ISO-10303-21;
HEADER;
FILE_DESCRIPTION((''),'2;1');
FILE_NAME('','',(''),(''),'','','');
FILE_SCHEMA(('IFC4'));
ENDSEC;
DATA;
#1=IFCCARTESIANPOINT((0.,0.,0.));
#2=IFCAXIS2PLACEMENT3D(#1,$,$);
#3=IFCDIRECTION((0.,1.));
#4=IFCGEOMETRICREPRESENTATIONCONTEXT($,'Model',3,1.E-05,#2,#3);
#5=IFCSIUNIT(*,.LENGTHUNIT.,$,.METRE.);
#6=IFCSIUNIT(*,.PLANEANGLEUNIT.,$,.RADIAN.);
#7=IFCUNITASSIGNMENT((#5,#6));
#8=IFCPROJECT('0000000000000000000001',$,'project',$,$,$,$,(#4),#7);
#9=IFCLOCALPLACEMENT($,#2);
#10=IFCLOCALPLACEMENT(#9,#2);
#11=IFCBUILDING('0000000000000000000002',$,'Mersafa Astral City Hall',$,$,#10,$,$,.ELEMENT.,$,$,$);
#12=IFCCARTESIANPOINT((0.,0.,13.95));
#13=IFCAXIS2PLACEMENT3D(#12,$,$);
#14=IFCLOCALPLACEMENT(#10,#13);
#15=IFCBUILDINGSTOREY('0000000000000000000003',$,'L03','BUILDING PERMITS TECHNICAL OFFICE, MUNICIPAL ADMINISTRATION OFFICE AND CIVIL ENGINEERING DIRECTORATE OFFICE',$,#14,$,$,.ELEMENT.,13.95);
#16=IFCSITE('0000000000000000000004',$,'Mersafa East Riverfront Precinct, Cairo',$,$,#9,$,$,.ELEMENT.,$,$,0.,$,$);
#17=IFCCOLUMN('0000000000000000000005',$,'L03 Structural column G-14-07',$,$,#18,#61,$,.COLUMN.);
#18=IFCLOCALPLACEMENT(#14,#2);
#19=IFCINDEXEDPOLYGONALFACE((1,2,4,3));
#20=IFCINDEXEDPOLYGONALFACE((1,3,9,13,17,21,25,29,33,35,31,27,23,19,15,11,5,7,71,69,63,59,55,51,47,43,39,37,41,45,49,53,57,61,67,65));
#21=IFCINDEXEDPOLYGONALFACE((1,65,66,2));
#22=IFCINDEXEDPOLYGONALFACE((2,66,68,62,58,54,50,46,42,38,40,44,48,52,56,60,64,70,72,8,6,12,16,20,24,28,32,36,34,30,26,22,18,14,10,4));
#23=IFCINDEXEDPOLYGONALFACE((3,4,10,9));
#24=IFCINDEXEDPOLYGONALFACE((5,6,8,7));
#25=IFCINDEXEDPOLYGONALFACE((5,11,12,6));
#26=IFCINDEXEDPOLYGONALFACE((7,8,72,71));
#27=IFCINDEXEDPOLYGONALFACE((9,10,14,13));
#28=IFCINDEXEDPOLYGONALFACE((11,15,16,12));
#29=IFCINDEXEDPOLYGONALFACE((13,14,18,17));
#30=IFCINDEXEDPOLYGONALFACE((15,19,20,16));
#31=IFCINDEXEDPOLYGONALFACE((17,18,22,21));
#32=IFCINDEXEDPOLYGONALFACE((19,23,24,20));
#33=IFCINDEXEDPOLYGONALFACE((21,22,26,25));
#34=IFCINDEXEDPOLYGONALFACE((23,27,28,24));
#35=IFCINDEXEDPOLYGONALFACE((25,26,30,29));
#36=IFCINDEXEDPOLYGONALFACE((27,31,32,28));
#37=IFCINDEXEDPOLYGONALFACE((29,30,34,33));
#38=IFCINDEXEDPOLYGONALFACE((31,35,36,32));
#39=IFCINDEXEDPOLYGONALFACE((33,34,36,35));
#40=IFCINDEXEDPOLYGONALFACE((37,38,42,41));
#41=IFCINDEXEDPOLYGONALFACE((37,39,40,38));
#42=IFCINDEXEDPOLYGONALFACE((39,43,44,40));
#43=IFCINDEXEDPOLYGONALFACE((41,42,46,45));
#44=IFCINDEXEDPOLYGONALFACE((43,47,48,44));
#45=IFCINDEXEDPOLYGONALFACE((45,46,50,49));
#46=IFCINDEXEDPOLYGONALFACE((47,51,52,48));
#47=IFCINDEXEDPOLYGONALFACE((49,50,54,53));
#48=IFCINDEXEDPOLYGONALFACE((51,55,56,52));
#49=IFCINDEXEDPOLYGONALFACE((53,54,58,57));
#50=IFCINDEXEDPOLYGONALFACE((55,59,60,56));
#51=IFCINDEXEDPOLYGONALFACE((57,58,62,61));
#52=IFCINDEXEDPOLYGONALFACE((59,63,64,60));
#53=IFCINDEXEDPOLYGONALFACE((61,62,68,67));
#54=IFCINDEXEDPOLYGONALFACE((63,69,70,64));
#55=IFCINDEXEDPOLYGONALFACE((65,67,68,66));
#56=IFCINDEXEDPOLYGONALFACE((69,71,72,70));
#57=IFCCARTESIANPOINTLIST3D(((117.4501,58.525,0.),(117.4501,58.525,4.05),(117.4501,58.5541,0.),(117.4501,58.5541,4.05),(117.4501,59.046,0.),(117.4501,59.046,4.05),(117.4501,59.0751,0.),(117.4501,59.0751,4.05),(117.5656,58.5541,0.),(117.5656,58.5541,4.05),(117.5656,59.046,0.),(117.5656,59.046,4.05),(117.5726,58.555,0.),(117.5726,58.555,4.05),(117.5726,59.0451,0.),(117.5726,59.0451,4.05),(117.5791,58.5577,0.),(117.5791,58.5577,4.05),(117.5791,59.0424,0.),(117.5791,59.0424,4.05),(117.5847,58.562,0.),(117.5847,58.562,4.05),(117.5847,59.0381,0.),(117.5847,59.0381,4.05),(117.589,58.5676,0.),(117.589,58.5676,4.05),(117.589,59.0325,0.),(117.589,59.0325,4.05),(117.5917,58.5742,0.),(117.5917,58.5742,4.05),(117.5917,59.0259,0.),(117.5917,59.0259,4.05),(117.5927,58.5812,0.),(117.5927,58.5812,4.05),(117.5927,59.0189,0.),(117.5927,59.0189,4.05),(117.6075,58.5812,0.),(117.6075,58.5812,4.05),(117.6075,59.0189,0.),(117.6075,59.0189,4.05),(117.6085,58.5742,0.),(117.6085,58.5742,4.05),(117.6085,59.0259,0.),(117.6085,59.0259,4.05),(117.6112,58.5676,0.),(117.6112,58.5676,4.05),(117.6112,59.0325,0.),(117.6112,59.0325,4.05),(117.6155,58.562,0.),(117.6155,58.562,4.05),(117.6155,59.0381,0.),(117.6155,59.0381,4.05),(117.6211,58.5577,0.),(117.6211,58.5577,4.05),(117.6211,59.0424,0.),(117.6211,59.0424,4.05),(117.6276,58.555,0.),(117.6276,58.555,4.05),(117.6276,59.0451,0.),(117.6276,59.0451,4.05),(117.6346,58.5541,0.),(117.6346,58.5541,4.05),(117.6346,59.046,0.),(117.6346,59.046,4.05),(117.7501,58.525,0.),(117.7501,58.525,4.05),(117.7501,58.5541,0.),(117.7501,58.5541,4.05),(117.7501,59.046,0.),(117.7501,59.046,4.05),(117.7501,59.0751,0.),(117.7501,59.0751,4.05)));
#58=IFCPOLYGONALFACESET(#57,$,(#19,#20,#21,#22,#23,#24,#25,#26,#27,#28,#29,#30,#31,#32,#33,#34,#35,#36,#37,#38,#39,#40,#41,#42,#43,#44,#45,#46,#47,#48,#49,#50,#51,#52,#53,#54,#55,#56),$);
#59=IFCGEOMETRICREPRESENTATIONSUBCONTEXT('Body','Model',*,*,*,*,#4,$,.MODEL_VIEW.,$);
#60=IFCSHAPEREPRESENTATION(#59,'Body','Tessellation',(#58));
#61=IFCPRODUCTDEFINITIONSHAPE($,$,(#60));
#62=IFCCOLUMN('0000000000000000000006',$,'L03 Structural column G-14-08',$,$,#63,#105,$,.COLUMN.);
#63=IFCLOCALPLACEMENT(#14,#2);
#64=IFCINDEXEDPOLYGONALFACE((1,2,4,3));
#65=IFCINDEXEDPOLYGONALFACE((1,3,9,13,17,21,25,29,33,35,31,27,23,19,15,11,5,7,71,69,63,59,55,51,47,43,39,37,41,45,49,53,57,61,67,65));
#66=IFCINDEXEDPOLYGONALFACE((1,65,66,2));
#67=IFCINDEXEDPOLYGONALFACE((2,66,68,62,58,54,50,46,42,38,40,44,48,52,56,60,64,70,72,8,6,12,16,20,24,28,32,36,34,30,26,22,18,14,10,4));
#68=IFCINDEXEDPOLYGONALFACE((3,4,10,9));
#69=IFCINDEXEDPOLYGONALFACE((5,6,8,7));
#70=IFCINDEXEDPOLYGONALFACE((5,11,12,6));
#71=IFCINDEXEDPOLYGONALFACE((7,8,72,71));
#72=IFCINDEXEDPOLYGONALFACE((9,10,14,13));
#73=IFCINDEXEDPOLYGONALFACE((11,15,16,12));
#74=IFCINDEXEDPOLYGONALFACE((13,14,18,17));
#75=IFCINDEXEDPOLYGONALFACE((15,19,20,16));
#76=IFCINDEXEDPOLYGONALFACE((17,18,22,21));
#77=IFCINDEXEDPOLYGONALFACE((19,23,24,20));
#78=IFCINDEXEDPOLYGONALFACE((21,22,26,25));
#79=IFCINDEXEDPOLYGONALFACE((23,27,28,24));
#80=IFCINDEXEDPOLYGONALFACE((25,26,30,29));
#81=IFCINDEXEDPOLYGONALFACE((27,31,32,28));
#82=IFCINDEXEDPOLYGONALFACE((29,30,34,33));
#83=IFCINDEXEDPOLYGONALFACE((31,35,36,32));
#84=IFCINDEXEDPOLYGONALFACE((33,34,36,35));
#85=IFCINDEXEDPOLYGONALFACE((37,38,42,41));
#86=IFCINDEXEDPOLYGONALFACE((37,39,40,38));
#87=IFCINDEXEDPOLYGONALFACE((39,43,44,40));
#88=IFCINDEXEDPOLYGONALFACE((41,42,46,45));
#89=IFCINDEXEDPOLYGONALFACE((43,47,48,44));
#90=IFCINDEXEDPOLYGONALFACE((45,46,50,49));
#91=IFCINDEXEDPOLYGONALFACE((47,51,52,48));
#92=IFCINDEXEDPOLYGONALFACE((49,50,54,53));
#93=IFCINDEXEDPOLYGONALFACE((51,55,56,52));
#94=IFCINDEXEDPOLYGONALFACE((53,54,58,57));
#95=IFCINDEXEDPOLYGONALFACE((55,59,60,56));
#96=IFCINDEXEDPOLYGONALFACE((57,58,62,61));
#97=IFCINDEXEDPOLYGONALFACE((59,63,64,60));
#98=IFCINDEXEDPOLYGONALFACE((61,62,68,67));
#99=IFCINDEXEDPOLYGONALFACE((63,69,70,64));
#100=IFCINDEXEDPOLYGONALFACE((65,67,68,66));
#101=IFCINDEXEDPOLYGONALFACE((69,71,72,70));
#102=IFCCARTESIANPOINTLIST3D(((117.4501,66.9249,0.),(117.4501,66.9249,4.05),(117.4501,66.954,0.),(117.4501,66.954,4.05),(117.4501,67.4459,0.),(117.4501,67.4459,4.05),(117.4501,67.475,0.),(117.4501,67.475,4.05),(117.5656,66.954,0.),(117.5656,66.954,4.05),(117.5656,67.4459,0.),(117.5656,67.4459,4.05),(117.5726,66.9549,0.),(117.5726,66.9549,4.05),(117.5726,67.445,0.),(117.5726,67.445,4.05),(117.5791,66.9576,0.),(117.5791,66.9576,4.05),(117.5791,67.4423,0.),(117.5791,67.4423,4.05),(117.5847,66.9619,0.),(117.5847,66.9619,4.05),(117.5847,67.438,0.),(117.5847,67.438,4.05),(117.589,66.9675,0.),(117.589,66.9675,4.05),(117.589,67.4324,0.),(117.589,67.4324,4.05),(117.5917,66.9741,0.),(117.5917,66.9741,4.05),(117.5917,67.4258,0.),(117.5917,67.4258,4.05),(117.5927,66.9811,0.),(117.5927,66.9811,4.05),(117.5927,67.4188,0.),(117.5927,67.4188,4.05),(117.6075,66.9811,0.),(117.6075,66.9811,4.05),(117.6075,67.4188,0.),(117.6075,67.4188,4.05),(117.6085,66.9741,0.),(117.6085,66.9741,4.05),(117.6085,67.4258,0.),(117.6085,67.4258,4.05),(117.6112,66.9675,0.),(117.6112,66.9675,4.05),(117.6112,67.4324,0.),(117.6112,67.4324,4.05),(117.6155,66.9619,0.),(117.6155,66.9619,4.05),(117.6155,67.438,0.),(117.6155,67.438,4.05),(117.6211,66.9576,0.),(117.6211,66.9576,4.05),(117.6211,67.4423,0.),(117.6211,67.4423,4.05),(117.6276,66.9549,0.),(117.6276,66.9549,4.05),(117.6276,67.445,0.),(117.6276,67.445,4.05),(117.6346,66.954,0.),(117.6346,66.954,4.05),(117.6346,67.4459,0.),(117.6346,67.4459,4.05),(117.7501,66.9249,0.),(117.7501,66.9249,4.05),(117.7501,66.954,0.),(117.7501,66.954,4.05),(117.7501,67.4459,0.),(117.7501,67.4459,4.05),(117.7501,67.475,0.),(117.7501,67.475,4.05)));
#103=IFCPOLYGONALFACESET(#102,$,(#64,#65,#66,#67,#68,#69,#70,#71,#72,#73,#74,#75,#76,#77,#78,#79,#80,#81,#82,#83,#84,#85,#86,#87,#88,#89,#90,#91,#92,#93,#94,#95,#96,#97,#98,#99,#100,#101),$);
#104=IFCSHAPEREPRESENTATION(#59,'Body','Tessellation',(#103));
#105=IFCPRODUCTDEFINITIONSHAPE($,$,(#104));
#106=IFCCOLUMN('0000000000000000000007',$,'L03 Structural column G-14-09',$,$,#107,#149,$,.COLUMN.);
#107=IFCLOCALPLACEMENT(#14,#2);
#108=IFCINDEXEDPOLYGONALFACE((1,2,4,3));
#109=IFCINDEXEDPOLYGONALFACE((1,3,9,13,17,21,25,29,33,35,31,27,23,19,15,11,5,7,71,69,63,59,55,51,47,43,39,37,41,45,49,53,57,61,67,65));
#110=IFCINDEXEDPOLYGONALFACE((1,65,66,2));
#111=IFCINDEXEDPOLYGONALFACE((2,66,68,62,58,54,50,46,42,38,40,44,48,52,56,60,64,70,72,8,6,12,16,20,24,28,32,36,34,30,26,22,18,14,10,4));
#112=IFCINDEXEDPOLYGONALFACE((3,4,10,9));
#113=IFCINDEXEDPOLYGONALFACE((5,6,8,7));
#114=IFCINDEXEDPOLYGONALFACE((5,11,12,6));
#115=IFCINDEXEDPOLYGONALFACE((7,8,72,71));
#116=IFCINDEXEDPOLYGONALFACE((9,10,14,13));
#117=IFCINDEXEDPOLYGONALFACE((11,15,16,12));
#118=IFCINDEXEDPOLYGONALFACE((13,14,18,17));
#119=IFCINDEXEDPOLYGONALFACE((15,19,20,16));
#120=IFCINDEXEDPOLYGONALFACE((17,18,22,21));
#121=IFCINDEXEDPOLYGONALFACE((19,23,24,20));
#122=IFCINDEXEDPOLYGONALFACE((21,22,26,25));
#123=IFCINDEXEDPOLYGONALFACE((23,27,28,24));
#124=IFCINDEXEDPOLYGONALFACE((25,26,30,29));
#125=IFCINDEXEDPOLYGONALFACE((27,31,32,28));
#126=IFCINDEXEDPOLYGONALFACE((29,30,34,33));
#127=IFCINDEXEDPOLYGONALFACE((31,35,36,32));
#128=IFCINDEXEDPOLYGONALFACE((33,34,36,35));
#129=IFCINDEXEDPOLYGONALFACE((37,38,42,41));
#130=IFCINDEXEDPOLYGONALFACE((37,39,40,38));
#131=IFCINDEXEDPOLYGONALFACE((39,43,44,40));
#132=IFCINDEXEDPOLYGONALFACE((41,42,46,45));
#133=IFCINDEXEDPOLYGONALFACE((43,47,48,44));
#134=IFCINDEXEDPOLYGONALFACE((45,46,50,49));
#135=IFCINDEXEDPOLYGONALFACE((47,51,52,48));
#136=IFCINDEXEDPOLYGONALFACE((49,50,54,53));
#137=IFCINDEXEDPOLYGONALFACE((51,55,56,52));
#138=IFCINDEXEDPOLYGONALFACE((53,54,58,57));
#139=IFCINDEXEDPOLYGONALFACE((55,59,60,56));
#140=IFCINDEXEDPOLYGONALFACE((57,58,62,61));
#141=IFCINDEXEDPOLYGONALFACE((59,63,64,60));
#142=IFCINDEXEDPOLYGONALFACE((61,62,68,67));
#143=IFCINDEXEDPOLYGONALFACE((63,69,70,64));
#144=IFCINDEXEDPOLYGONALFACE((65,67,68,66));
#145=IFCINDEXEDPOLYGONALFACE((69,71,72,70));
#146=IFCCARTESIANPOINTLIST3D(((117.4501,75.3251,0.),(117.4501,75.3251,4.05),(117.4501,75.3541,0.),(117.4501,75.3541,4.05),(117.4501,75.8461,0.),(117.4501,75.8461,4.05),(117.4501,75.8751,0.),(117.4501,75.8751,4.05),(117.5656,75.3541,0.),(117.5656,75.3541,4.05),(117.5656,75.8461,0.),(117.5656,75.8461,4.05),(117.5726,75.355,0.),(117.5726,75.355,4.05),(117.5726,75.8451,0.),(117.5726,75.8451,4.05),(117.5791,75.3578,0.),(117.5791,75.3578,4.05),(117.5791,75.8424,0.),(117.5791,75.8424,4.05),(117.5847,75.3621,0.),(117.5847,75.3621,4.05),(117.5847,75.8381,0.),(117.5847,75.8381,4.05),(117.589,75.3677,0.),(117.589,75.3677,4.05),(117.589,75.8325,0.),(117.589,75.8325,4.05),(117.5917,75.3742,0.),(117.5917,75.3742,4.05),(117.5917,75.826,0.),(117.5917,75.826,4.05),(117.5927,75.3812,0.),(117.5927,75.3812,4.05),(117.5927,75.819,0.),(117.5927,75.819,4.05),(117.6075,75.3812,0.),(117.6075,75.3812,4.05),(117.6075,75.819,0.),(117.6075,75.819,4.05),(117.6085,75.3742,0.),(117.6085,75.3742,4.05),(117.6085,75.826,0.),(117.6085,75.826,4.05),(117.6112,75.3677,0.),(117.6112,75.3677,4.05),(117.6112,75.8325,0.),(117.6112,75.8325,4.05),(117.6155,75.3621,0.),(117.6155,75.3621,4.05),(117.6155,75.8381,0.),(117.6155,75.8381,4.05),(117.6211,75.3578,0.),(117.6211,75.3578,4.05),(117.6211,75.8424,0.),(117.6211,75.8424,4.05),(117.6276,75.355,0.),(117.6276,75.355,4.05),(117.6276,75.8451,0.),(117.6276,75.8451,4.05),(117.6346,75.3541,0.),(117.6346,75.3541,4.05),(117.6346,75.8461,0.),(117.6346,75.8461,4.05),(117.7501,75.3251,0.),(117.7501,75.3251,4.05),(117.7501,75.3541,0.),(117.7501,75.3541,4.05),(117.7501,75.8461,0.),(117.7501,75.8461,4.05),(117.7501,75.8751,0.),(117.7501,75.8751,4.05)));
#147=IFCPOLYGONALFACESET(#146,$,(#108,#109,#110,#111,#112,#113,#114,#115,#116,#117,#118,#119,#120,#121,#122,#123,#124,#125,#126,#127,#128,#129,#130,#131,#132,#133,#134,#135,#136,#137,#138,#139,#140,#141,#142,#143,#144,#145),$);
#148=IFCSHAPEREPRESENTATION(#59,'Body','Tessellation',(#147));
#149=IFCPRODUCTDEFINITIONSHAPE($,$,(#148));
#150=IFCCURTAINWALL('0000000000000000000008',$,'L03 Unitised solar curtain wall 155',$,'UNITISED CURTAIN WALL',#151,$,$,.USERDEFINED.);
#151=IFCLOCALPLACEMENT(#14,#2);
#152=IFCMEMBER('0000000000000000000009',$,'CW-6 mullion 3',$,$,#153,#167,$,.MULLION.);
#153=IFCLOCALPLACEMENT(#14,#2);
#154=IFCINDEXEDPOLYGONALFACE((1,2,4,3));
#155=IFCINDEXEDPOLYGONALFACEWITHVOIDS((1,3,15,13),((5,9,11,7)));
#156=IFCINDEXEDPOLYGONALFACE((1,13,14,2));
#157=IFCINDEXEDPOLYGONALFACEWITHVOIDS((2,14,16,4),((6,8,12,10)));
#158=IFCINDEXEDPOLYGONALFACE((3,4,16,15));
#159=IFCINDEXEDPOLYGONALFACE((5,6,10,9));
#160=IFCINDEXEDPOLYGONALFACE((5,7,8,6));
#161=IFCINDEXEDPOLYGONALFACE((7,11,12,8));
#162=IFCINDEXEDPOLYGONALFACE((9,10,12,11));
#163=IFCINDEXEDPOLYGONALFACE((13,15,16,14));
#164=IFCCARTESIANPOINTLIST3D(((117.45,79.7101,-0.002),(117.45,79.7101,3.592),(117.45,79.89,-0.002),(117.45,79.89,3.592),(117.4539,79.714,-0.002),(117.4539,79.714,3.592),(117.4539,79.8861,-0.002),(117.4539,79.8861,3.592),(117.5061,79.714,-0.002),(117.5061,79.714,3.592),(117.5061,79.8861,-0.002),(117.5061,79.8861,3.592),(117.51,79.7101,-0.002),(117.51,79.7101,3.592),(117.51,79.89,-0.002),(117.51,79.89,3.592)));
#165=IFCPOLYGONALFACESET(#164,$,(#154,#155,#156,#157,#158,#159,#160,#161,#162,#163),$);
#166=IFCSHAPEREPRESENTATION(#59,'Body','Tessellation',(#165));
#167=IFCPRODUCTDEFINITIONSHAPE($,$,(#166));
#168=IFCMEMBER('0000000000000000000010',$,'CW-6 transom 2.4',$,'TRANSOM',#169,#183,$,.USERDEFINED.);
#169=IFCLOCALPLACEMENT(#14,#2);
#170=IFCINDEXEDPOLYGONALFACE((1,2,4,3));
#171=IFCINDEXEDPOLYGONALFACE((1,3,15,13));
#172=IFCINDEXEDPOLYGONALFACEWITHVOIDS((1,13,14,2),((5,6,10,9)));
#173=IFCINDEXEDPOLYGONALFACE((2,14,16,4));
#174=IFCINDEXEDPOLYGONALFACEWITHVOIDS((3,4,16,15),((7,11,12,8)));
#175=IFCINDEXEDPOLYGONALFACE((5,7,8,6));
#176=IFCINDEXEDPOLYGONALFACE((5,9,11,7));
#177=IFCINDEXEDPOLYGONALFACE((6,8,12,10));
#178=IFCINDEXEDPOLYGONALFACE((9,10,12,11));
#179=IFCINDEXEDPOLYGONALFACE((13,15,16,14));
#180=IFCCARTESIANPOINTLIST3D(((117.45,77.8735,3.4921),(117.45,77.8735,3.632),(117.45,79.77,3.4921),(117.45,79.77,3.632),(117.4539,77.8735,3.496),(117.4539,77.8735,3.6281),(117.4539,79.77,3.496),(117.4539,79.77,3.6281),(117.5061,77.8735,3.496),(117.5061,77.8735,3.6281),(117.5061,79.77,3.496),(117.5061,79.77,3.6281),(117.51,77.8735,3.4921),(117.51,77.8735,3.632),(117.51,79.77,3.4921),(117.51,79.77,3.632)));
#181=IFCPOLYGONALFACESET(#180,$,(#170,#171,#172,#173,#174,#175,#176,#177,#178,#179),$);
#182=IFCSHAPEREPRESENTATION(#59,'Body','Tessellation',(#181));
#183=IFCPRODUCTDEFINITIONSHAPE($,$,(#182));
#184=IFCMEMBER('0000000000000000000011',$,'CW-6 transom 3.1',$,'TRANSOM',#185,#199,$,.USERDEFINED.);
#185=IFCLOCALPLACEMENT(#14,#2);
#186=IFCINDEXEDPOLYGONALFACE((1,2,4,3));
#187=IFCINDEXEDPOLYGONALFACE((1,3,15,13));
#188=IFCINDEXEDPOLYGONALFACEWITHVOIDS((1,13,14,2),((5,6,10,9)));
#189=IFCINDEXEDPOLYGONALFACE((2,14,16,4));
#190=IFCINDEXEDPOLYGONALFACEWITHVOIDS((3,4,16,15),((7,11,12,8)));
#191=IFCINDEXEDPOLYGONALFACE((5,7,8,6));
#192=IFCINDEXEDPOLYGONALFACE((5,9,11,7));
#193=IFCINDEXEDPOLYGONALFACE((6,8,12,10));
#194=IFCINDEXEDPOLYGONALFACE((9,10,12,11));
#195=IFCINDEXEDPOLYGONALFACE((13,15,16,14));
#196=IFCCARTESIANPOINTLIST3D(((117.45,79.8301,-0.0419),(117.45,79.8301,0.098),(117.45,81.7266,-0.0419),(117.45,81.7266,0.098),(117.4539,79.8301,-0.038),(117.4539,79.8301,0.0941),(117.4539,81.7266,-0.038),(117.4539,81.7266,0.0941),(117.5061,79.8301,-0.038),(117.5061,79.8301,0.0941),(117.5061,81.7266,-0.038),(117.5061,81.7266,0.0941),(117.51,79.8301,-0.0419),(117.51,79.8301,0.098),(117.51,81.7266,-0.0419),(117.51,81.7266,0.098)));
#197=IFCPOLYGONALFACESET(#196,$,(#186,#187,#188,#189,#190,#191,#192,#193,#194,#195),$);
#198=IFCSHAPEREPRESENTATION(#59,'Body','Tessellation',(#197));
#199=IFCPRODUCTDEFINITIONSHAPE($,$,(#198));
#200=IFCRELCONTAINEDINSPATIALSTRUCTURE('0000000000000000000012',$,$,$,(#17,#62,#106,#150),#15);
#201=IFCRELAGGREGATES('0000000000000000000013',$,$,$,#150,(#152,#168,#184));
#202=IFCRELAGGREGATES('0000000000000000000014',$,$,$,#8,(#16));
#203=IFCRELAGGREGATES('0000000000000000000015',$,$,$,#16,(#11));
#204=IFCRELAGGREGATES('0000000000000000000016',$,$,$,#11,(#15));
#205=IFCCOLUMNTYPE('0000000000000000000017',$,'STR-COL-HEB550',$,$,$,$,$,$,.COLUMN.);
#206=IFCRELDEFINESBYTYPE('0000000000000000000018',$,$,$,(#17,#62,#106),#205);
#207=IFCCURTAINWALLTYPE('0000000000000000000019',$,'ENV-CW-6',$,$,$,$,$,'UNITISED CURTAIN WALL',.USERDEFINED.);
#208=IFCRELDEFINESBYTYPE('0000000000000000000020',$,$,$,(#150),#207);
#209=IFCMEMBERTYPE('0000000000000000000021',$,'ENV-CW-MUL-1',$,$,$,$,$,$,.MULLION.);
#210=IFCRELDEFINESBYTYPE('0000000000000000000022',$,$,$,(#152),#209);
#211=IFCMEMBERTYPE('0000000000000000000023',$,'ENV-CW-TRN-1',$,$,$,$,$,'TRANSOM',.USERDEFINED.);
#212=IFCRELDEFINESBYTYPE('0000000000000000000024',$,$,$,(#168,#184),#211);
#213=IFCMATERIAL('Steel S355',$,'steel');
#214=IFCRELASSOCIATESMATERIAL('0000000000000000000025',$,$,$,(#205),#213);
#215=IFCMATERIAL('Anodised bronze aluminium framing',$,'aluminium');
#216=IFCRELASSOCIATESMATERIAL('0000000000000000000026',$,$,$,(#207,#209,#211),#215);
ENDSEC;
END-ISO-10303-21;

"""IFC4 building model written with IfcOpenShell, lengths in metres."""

from ifc_helpers import new_model, si_unit, direction, frame, origin, origin_2d, place, context, subcontext, project, spatial, hollow_rectangle, i_section, extrude, material, material_profile, profile_set, type_object, element, aggregate, save


model = new_model("IFC4")

# Units and contexts
model_context = context("Model", 3, precision=1e-05, world=origin(), true_north=direction((0.0, 1.0)))
body_context = subcontext(model_context, "Body", "Model", "MODEL_VIEW")
ifc_project = project(units=[si_unit("LENGTHUNIT", "METRE"), si_unit("PLANEANGLEUNIT", "RADIAN")], contexts=[model_context])

# Site, building, storey
site_placement = place(None, origin())
site = spatial("IfcSite", under=ifc_project, at=site_placement, Name="Mersafa East Riverfront Precinct, Cairo", CompositionType="ELEMENT", RefElevation=0.0)
building_placement = place(site_placement, origin())
building = spatial("IfcBuilding", under=site, at=building_placement, Name="Mersafa Astral City Hall", CompositionType="ELEMENT")
storey_placement = place(building_placement, frame((0.0, 0.0, 13.95)))
storey = spatial("IfcBuildingStorey", under=building, at=storey_placement, Name="L03", Description="BUILDING PERMITS TECHNICAL OFFICE, MUNICIPAL ADMINISTRATION OFFICE AND CIVIL ENGINEERING DIRECTORATE OFFICE", CompositionType="ELEMENT", Elevation=13.95)

# Columns
ifc_material_1 = material(Name="Steel S355", Category="steel")
ifc_material_profile_1 = material_profile(ifc_material_1, i_section(OverallWidth=0.3, OverallDepth=0.55, WebThickness=0.0149, FlangeThickness=0.0291, FilletRadius=0.0271, at=origin_2d()), Name="HEB 550")
ifc_profile_set_1 = profile_set([ifc_material_profile_1], Name="Steel S355")
column_type = type_object("IfcColumnType", Name="STR-COL-HEB550", PredefinedType="COLUMN", material=ifc_profile_set_1)
for number, where, z_axis, x_axis, name in (
    (1, (117.6001, 58.8, 0.0), (0.0, 0.0, 1.0), (1.0, 0.0, 0.0), "L03 Structural column G-14-07"),
    (2, (117.6001, 67.2, 0.0), (0.0, 0.0, 1.0), (1.0, 0.0, 0.0), "L03 Structural column G-14-08"),
    (3, (117.6001, 75.6001, 0.0), (0.0, 0.0, 1.0), (1.0, 0.0, 0.0), "L03 Structural column G-14-09"),
):
    element("IfcColumn", number, at=place(storey_placement, frame(where, z_axis=z_axis, x_axis=x_axis)), inside=storey, type_object=column_type, Name=name, PredefinedType="COLUMN", context=body_context, shape_type="SweptSolid", body=[
        extrude(i_section(OverallWidth=0.3, OverallDepth=0.55, WebThickness=0.0149, FlangeThickness=0.0291, FilletRadius=0.0271, at=origin_2d()), origin(), (0.0, 0.0, 1.0), 4.05),
    ])

# Curtain wall, members
ifc_material_2 = material(Name="Anodised bronze aluminium framing", Category="aluminium")
curtain_wall_type = type_object("IfcCurtainWallType", Name="ENV-CW-6", ElementType="UNITISED CURTAIN WALL", PredefinedType="USERDEFINED", material=ifc_material_2)
curtain_wall_placement = place(storey_placement, origin())
curtain_wall = element("IfcCurtainWall", 4, at=curtain_wall_placement, inside=storey, type_object=curtain_wall_type, Name="L03 Unitised solar curtain wall 155", ObjectType="UNITISED CURTAIN WALL", PredefinedType="USERDEFINED")
ifc_material_profile_2 = material_profile(ifc_material_2, hollow_rectangle(XDim=0.0601, YDim=0.1799, WallThickness=0.0039, at=origin_2d()), Name="RHS 60x180x4")
ifc_profile_set_2 = profile_set([ifc_material_profile_2], Name="Anodised bronze aluminium framing")
member_type_1 = type_object("IfcMemberType", Name="ENV-CW-MUL-1", PredefinedType="MULLION", material=ifc_profile_set_2)
member_1_placement = place(storey_placement, frame((117.48, 79.8, -0.002), z_axis=(0.0, 0.0, 1.0), x_axis=(-1.0, 0.0, 0.0)))
member_1 = element("IfcMember", 5, at=member_1_placement, type_object=member_type_1, Name="CW-6 mullion 3", PredefinedType="MULLION", context=body_context, shape_type="SweptSolid", body=[
    extrude(hollow_rectangle(XDim=0.0601, YDim=0.1799, WallThickness=0.0039, at=origin_2d()), origin(), (0.0, 0.0, 1.0), 3.594),
])
ifc_material_profile_3 = material_profile(ifc_material_2, hollow_rectangle(XDim=0.0601, YDim=0.1399, WallThickness=0.0039, at=origin_2d()), Name="RHS 60x140x4")
ifc_profile_set_3 = profile_set([ifc_material_profile_3], Name="Anodised bronze aluminium framing")
member_type_2 = type_object("IfcMemberType", Name="ENV-CW-TRN-1", ElementType="TRANSOM", PredefinedType="USERDEFINED", material=ifc_profile_set_3)
member_2_placement = place(storey_placement, frame((117.48, 77.8735, 3.562), z_axis=(0.0, 1.0, 0.0), x_axis=(-1.0, 0.0, 0.0)))
member_2 = element("IfcMember", 6, at=member_2_placement, type_object=member_type_2, Name="CW-6 transom 2.4", ObjectType="TRANSOM", PredefinedType="USERDEFINED", context=body_context, shape_type="SweptSolid", body=[
    extrude(hollow_rectangle(XDim=0.0601, YDim=0.1399, WallThickness=0.0039, at=origin_2d()), origin(), (0.0, 0.0, 1.0), 1.8965),
])
member_3_placement = place(storey_placement, frame((117.48, 79.8301, 0.0281), z_axis=(0.0, 1.0, 0.0), x_axis=(-1.0, 0.0, 0.0)))
member_3 = element("IfcMember", 7, at=member_3_placement, type_object=member_type_2, Name="CW-6 transom 3.1", ObjectType="TRANSOM", PredefinedType="USERDEFINED", context=body_context, shape_type="SweptSolid", body=[
    extrude(hollow_rectangle(XDim=0.0601, YDim=0.1399, WallThickness=0.0039, at=origin_2d()), origin(), (0.0, 0.0, 1.0), 1.8965),
])

aggregate(curtain_wall, [member_1, member_2, member_3])

save(model, "model.ifc")
